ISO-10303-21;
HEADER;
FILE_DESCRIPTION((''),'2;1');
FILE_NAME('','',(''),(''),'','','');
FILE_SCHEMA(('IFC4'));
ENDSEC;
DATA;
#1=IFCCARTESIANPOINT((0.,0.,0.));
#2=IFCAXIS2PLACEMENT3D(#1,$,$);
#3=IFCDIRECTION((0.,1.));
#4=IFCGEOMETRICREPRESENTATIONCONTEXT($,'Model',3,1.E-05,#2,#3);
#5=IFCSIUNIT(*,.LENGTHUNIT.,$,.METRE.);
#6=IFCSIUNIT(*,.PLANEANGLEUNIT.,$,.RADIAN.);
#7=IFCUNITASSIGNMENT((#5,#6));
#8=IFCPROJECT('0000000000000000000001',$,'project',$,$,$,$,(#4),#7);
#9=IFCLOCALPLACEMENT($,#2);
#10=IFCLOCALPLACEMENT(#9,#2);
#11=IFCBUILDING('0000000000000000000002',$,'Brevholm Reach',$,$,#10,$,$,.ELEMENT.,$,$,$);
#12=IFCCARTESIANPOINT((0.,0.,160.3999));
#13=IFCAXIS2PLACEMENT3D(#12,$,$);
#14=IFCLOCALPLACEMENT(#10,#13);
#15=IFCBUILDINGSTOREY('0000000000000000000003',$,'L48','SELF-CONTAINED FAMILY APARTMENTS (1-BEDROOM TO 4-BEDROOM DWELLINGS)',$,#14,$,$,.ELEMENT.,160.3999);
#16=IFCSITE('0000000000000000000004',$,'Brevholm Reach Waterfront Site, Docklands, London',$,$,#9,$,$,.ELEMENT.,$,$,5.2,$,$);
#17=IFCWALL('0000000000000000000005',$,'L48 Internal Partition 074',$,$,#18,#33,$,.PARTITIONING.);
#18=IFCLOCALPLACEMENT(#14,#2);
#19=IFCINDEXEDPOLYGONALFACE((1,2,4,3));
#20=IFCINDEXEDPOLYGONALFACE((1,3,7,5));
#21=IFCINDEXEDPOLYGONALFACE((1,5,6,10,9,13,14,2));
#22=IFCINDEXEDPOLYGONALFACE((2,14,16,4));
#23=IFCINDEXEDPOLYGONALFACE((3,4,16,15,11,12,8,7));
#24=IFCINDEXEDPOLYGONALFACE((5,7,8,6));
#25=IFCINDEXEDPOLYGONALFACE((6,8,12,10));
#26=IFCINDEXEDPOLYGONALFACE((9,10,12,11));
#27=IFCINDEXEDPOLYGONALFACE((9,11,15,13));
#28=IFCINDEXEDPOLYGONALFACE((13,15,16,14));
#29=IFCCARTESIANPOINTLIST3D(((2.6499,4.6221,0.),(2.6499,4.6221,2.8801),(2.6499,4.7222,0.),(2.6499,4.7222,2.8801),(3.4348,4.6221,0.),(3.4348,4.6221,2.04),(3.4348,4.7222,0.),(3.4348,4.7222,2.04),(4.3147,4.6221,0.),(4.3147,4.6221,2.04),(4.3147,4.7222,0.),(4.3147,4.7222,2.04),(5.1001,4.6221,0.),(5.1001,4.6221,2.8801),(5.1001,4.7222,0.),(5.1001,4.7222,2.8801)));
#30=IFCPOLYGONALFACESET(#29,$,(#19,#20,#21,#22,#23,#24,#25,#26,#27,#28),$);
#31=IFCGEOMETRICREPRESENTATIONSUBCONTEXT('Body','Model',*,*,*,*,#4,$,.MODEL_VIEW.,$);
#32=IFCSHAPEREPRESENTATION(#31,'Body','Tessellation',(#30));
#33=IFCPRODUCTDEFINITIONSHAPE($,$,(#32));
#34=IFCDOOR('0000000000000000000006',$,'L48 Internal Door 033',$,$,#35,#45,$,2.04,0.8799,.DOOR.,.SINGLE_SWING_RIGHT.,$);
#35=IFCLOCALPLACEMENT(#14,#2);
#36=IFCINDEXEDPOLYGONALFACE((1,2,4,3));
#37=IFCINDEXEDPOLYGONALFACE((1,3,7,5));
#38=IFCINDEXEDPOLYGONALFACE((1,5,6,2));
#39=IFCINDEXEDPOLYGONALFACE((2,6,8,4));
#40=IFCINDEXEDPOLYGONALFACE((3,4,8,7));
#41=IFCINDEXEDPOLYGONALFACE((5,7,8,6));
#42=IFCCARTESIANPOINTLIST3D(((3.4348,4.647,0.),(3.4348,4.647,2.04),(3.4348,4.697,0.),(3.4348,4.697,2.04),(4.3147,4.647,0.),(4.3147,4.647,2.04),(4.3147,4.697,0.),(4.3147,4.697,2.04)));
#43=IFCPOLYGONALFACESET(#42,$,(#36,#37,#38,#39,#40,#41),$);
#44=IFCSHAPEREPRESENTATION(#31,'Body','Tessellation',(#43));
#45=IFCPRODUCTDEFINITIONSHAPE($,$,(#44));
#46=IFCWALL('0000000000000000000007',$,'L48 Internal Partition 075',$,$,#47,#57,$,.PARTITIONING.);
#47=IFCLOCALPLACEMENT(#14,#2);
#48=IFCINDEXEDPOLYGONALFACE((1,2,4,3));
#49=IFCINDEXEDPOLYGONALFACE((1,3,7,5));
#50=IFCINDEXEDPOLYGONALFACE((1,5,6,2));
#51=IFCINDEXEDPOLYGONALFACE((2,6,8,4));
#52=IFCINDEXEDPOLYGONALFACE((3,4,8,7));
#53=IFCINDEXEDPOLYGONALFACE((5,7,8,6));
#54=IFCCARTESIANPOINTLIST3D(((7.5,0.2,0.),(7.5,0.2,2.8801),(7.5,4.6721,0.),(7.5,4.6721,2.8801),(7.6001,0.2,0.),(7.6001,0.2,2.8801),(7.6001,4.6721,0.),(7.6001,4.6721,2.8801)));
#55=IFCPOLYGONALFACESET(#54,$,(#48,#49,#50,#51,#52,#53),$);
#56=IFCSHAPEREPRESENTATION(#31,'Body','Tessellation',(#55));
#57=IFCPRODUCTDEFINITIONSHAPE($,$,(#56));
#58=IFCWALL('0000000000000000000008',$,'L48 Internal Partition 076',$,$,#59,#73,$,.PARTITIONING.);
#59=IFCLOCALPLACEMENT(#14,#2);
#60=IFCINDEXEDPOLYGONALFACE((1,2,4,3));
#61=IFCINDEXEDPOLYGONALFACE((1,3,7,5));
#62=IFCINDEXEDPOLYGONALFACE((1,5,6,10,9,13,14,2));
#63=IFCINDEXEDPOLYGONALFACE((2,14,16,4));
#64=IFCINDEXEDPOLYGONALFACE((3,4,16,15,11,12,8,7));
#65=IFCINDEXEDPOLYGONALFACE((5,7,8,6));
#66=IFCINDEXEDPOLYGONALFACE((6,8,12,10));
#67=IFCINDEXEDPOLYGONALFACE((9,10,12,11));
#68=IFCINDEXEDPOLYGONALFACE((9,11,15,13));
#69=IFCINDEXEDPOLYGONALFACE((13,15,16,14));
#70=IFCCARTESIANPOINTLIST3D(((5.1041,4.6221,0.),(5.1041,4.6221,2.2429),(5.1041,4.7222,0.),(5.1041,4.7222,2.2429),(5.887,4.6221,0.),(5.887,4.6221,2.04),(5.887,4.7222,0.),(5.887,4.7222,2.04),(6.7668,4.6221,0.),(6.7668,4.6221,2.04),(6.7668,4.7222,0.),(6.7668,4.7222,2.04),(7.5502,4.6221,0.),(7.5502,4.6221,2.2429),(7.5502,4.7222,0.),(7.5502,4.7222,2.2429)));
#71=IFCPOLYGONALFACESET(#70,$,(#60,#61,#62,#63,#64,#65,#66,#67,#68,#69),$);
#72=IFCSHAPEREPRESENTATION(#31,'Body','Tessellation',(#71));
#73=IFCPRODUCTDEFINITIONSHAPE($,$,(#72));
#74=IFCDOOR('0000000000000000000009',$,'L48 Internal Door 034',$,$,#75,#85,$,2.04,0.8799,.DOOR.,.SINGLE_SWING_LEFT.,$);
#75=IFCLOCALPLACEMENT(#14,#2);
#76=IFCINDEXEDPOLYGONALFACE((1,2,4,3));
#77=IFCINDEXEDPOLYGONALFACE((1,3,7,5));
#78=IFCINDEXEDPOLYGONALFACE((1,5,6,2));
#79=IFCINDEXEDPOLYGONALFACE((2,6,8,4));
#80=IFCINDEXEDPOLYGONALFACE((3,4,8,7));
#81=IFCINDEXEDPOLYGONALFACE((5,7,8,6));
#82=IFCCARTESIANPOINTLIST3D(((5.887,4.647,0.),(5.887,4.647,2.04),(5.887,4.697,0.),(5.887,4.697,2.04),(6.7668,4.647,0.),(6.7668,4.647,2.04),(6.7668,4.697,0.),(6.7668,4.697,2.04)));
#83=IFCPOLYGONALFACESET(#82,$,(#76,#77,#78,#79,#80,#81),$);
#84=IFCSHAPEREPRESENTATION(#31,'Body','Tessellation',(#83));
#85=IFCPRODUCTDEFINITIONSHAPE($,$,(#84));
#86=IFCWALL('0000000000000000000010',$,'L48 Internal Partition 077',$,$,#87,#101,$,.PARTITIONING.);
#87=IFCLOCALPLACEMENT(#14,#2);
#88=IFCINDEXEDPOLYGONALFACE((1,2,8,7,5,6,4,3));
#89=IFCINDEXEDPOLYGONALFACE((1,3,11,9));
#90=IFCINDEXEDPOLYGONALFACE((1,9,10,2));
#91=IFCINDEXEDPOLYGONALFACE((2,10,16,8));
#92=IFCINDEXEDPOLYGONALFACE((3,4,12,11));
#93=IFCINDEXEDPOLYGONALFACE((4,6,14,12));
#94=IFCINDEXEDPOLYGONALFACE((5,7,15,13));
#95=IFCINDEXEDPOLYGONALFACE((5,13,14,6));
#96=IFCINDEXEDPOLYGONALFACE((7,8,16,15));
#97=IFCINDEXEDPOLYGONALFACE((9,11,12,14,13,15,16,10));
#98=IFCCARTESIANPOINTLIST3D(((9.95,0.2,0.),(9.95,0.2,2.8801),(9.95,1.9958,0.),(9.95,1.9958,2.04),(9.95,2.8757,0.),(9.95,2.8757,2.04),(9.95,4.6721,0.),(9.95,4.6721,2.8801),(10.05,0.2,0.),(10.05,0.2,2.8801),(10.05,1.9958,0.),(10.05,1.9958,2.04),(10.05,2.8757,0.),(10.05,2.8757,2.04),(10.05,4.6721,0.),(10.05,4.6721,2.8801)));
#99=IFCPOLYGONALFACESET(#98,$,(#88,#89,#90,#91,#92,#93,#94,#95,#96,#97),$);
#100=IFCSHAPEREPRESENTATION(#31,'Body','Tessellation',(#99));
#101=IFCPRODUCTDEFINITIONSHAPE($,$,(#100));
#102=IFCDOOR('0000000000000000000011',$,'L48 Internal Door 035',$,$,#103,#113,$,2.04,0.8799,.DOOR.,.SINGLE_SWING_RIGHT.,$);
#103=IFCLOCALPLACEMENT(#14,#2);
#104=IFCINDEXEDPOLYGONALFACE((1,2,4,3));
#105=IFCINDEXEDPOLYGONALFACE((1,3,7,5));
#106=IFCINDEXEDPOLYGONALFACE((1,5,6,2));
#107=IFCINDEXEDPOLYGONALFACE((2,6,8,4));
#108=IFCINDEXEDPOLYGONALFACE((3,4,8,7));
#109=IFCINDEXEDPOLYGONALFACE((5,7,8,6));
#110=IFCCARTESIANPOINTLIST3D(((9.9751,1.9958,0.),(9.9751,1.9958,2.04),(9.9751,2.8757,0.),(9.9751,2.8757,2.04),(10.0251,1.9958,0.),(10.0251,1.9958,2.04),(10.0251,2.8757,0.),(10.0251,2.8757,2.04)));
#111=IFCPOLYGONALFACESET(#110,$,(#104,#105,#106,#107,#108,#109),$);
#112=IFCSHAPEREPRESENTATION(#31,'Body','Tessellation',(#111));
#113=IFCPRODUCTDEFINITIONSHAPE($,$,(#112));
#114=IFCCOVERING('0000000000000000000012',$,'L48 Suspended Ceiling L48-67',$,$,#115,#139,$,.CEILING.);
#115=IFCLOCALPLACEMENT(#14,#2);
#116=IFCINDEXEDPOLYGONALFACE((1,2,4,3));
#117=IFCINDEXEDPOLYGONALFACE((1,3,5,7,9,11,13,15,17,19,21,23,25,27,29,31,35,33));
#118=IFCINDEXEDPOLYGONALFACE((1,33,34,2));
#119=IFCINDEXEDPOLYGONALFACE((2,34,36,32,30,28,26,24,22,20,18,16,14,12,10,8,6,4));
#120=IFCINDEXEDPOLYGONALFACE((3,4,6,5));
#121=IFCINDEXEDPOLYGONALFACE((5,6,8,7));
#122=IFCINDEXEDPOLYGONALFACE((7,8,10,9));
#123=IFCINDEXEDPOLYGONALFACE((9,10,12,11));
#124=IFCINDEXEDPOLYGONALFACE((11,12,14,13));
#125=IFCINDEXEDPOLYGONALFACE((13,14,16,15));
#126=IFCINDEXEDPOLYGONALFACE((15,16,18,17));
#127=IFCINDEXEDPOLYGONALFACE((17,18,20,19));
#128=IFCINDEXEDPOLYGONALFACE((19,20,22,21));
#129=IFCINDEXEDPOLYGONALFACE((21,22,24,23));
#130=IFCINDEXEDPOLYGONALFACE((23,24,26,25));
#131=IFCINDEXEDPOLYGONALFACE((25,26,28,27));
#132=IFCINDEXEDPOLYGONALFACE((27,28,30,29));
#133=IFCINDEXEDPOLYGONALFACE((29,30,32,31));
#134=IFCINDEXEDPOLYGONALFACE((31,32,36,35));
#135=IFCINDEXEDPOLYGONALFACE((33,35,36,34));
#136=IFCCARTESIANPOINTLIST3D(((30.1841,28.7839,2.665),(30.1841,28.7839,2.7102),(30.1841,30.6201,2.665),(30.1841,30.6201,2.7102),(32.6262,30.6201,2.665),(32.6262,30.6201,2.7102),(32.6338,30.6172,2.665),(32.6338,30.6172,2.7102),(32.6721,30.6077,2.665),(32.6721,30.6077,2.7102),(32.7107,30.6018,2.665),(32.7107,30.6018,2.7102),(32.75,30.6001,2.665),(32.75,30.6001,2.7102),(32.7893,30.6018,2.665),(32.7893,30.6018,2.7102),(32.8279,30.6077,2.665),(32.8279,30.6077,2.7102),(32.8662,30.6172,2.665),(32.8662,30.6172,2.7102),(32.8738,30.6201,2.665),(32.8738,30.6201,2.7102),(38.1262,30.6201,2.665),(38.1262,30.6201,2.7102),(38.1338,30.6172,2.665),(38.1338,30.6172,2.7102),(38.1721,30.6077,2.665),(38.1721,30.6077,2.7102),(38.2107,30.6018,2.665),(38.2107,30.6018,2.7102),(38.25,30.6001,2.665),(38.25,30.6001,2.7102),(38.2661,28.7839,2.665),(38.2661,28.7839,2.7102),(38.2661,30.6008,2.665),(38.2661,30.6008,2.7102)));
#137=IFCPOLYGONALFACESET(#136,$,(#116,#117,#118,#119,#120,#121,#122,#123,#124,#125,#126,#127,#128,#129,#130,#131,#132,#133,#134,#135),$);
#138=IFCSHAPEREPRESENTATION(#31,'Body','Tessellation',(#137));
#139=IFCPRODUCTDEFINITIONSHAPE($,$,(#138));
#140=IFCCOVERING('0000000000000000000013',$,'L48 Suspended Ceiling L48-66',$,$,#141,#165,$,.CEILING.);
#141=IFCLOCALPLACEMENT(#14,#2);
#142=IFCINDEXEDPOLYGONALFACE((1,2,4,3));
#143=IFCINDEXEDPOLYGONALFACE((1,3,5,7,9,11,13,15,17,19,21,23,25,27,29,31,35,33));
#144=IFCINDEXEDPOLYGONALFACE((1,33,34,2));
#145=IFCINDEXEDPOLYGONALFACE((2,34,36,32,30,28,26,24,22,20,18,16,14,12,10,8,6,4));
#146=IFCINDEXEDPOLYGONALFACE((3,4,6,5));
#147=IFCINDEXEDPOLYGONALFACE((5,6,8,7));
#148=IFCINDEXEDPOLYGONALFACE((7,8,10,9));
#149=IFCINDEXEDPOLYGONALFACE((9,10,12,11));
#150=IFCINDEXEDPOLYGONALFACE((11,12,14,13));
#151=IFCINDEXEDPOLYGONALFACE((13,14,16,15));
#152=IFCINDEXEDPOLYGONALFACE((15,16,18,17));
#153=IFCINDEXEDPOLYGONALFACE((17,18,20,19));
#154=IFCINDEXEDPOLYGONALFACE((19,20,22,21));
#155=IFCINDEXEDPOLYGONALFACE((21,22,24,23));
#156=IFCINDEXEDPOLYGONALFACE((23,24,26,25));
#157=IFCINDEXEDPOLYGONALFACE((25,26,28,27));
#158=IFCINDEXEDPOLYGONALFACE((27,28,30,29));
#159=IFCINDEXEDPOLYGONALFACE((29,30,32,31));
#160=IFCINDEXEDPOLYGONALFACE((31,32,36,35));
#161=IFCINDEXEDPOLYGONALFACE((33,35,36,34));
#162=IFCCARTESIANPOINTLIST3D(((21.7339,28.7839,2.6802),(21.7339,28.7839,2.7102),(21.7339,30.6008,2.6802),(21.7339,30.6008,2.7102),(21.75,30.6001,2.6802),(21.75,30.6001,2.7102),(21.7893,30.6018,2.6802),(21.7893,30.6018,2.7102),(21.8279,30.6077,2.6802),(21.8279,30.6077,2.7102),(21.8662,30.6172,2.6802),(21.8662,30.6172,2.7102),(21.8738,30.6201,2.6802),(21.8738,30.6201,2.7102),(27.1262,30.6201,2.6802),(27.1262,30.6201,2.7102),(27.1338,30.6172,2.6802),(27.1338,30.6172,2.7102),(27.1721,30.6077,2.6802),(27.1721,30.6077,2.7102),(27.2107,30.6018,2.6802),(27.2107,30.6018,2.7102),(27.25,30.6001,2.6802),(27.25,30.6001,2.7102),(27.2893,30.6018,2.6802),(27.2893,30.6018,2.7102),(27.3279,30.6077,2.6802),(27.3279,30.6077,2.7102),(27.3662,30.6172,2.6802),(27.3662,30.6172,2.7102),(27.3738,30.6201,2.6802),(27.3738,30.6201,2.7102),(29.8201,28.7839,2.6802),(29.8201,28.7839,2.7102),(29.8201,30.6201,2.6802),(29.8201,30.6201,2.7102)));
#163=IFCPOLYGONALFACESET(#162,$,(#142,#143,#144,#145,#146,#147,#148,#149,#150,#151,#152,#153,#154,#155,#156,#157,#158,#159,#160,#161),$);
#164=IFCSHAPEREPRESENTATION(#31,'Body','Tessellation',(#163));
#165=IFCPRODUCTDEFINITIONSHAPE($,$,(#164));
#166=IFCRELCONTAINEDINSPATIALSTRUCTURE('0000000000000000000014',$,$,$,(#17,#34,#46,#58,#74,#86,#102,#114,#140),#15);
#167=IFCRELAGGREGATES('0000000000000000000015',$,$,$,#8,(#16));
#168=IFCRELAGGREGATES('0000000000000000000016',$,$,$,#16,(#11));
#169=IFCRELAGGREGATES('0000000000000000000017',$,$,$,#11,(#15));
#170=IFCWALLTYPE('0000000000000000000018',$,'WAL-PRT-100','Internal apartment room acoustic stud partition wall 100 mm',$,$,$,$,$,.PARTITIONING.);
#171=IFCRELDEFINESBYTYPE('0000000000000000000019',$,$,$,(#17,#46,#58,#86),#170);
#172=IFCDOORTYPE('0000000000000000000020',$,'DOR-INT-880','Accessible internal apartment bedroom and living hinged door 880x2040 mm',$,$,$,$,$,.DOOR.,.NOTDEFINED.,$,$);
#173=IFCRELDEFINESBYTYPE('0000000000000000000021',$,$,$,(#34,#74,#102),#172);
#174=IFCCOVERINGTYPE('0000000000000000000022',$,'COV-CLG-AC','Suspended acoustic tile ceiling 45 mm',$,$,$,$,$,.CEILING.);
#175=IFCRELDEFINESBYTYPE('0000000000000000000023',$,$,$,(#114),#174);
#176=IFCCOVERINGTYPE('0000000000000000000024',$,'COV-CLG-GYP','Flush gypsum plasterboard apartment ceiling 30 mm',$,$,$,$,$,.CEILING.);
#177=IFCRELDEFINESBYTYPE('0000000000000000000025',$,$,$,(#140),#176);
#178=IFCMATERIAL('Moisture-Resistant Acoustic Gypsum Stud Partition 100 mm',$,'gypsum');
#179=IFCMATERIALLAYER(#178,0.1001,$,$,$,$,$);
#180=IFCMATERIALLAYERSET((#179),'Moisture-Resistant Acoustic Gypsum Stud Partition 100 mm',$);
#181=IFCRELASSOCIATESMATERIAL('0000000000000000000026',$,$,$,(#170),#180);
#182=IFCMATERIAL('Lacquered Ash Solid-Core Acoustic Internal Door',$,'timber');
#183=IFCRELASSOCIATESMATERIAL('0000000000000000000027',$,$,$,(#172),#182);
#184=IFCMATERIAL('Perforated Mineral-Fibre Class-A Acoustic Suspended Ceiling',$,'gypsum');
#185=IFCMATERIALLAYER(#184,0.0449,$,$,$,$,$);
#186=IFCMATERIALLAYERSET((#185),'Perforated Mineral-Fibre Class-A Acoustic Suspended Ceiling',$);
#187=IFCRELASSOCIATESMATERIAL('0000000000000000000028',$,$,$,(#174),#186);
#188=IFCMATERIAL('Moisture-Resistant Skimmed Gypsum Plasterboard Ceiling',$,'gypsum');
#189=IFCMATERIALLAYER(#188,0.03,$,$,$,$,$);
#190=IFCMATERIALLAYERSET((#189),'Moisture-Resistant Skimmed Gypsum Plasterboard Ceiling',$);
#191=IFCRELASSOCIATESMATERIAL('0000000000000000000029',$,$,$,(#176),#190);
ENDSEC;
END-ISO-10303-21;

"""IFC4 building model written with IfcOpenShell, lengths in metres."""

from ifc_helpers import new_model, si_unit, direction, frame, frame_2d, origin, place, context, subcontext, project, spatial, polyline, rectangle, outline, extrude, material, layer, layer_set, type_object, element, fill, save


model = new_model("IFC4")

# Units and contexts
model_context = context("Model", 3, precision=1e-05, world=origin(), true_north=direction((0.0, 1.0)))
body_context = subcontext(model_context, "Body", "Model", "MODEL_VIEW")
ifc_project = project(units=[si_unit("LENGTHUNIT", "METRE"), si_unit("PLANEANGLEUNIT", "RADIAN")], contexts=[model_context])

# Site, building, storey
site_placement = place(None, origin())
site = spatial("IfcSite", under=ifc_project, at=site_placement, Name="Brevholm Reach Waterfront Site, Docklands, London", CompositionType="ELEMENT", RefElevation=5.2)
building_placement = place(site_placement, origin())
building = spatial("IfcBuilding", under=site, at=building_placement, Name="Brevholm Reach", CompositionType="ELEMENT")
storey_placement = place(building_placement, frame((0.0, 0.0, 160.3999)))
storey = spatial("IfcBuildingStorey", under=building, at=storey_placement, Name="L48", Description="SELF-CONTAINED FAMILY APARTMENTS (1-BEDROOM TO 4-BEDROOM DWELLINGS)", CompositionType="ELEMENT", Elevation=160.3999)

# Shared definitions
ifc_material_1 = material(Name="Moisture-Resistant Acoustic Gypsum Stud Partition 100 mm", Category="gypsum")
ifc_layer_1 = layer(ifc_material_1, 0.1001)
ifc_layer_set_1 = layer_set([ifc_layer_1], Name="Moisture-Resistant Acoustic Gypsum Stud Partition 100 mm")
wall_type_1 = type_object("IfcWallType", Name="WAL-PRT-100", Description="Internal apartment room acoustic stud partition wall 100 mm", PredefinedType="PARTITIONING", material=ifc_layer_set_1)

# Wall, opening, door
wall_1_placement = place(storey_placement, frame((2.6499, 4.6721, 0.0), z_axis=(0.0, 0.0, 1.0), x_axis=(1.0, 0.0, 0.0)))
wall_1 = element("IfcWall", 1, at=wall_1_placement, inside=storey, type_object=wall_type_1, Name="L48 Internal Partition 074", PredefinedType="PARTITIONING", context=body_context, shape_type="SweptSolid", body=[
    extrude(rectangle(XDim=2.4502, YDim=0.1001, at=frame_2d((1.2251, 0.0))), origin(), (0.0, 0.0, 1.0), 2.8801),
])
opening_1_placement = place(wall_1_placement, frame((0.7849, 0.0, 0.0)))
opening_1 = element("IfcOpeningElement", 2, at=opening_1_placement, cuts=wall_1, PredefinedType="OPENING", context=body_context, shape_type="SweptSolid", body=[
    extrude(rectangle(XDim=0.8799, YDim=2.04, at=frame_2d((0.4399, 1.02))), frame((0.0, 0.0601, 0.0), z_axis=(0.0, -1.0, 0.0), x_axis=(1.0, 0.0, 0.0)), (0.0, 0.0, 1.0), 0.1201),
])
ifc_material_2 = material(Name="Lacquered Ash Solid-Core Acoustic Internal Door", Category="timber")
door_type = type_object("IfcDoorType", Name="DOR-INT-880", Description="Accessible internal apartment bedroom and living hinged door 880x2040 mm", OperationType="NOTDEFINED", PredefinedType="DOOR", material=ifc_material_2)
door_1_placement = place(opening_1_placement, origin())
door_1 = element("IfcDoor", 3, at=door_1_placement, inside=storey, type_object=door_type, Name="L48 Internal Door 033", OperationType="SINGLE_SWING_RIGHT", OverallHeight=2.04, OverallWidth=0.8799, PredefinedType="DOOR", context=body_context, shape_type="SweptSolid", body=[
    extrude(rectangle(XDim=0.8799, YDim=2.04, at=frame_2d((0.4399, 1.02))), frame((0.0, 0.0249, 0.0), z_axis=(0.0, -1.0, 0.0), x_axis=(1.0, 0.0, 0.0)), (0.0, 0.0, 1.0), 0.05),
])
fill(opening_1, door_1)

# Wall
wall_2_placement = place(storey_placement, frame((7.55, 0.2, 0.0), z_axis=(0.0, 0.0, 1.0), x_axis=(0.0, 1.0, 0.0)))
element("IfcWall", 4, at=wall_2_placement, inside=storey, type_object=wall_type_1, Name="L48 Internal Partition 075", PredefinedType="PARTITIONING", context=body_context, shape_type="SweptSolid", body=[
    extrude(rectangle(XDim=4.4722, YDim=0.1001, at=frame_2d((2.2361, 0.0))), origin(), (0.0, 0.0, 1.0), 2.8801),
])

# Walls, openings, doors
wall_3_placement = place(storey_placement, frame((5.104, 4.6721, 0.0), z_axis=(0.0, 0.0, 1.0), x_axis=(1.0, 0.0, 0.0)))
wall_3 = element("IfcWall", 5, at=wall_3_placement, inside=storey, type_object=wall_type_1, Name="L48 Internal Partition 076", PredefinedType="PARTITIONING", context=body_context, shape_type="SweptSolid", body=[
    extrude(rectangle(XDim=2.446, YDim=0.1001, at=frame_2d((1.2231, 0.0))), origin(), (0.0, 0.0, 1.0), 2.2429),
])
opening_2_placement = place(wall_3_placement, frame((0.783, 0.0, 0.0)))
opening_2 = element("IfcOpeningElement", 6, at=opening_2_placement, cuts=wall_3, PredefinedType="OPENING", context=body_context, shape_type="SweptSolid", body=[
    extrude(rectangle(XDim=0.8799, YDim=2.04, at=frame_2d((0.4399, 1.02))), frame((0.0, 0.0601, 0.0), z_axis=(0.0, -1.0, 0.0), x_axis=(1.0, 0.0, 0.0)), (0.0, 0.0, 1.0), 0.1201),
])
door_2_placement = place(opening_2_placement, origin())
door_2 = element("IfcDoor", 7, at=door_2_placement, inside=storey, type_object=door_type, Name="L48 Internal Door 034", OperationType="SINGLE_SWING_LEFT", OverallHeight=2.04, OverallWidth=0.8799, PredefinedType="DOOR", context=body_context, shape_type="SweptSolid", body=[
    extrude(rectangle(XDim=0.8799, YDim=2.04, at=frame_2d((0.4399, 1.02))), frame((0.0, 0.0249, 0.0), z_axis=(0.0, -1.0, 0.0), x_axis=(1.0, 0.0, 0.0)), (0.0, 0.0, 1.0), 0.05),
])
fill(opening_2, door_2)
wall_4_placement = place(storey_placement, frame((10.0, 0.2, 0.0), z_axis=(0.0, 0.0, 1.0), x_axis=(0.0, 1.0, 0.0)))
wall_4 = element("IfcWall", 8, at=wall_4_placement, inside=storey, type_object=wall_type_1, Name="L48 Internal Partition 077", PredefinedType="PARTITIONING", context=body_context, shape_type="SweptSolid", body=[
    extrude(rectangle(XDim=4.4722, YDim=0.1001, at=frame_2d((2.2361, 0.0))), origin(), (0.0, 0.0, 1.0), 2.8801),
])
opening_3_placement = place(wall_4_placement, frame((1.7959, 0.0, 0.0)))
opening_3 = element("IfcOpeningElement", 9, at=opening_3_placement, cuts=wall_4, PredefinedType="OPENING", context=body_context, shape_type="SweptSolid", body=[
    extrude(rectangle(XDim=0.8799, YDim=2.04, at=frame_2d((0.4399, 1.02))), frame((0.0, 0.0601, 0.0), z_axis=(0.0, -1.0, 0.0), x_axis=(1.0, 0.0, 0.0)), (0.0, 0.0, 1.0), 0.1201),
])
door_3_placement = place(opening_3_placement, origin())
door_3 = element("IfcDoor", 10, at=door_3_placement, inside=storey, type_object=door_type, Name="L48 Internal Door 035", OperationType="SINGLE_SWING_RIGHT", OverallHeight=2.04, OverallWidth=0.8799, PredefinedType="DOOR", context=body_context, shape_type="SweptSolid", body=[
    extrude(rectangle(XDim=0.8799, YDim=2.04, at=frame_2d((0.4399, 1.02))), frame((0.0, 0.0249, 0.0), z_axis=(0.0, -1.0, 0.0), x_axis=(1.0, 0.0, 0.0)), (0.0, 0.0, 1.0), 0.05),
])
fill(opening_3, door_3)

# Coverings
ifc_material_3 = material(Name="Perforated Mineral-Fibre Class-A Acoustic Suspended Ceiling", Category="gypsum")
ifc_layer_2 = layer(ifc_material_3, 0.0449)
ifc_layer_set_2 = layer_set([ifc_layer_2], Name="Perforated Mineral-Fibre Class-A Acoustic Suspended Ceiling")
covering_type_1 = type_object("IfcCoveringType", Name="COV-CLG-AC", Description="Suspended acoustic tile ceiling 45 mm", PredefinedType="CEILING", material=ifc_layer_set_2)
covering_1_placement = place(storey_placement, frame((0.0, 0.0, 2.665)))
element("IfcCovering", 11, at=covering_1_placement, inside=storey, type_object=covering_type_1, Name="L48 Suspended Ceiling L48-67", PredefinedType="CEILING", context=body_context, shape_type="SweptSolid", body=[
    extrude(outline(polyline([(32.6262, 30.6201), (32.6338, 30.6172), (32.6721, 30.6077), (32.7107, 30.6018), (32.75, 30.6001), (32.7893, 30.6018), (32.8279, 30.6077), (32.8662, 30.6172), (32.8738, 30.6201), (38.1262, 30.6201), (38.1338, 30.6172), (38.1721, 30.6077), (38.2107, 30.6018), (38.25, 30.6001), (38.2661, 30.6008), (38.2661, 28.7839), (30.1841, 28.7839), (30.1841, 30.6201), (32.6262, 30.6201)])), origin(), (0.0, 0.0, 1.0), 0.0452),
])
ifc_material_4 = material(Name="Moisture-Resistant Skimmed Gypsum Plasterboard Ceiling", Category="gypsum")
ifc_layer_3 = layer(ifc_material_4, 0.03)
ifc_layer_set_3 = layer_set([ifc_layer_3], Name="Moisture-Resistant Skimmed Gypsum Plasterboard Ceiling")
covering_type_2 = type_object("IfcCoveringType", Name="COV-CLG-GYP", Description="Flush gypsum plasterboard apartment ceiling 30 mm", PredefinedType="CEILING", material=ifc_layer_set_3)
covering_2_placement = place(storey_placement, frame((0.0, 0.0, 2.6802)))
element("IfcCovering", 12, at=covering_2_placement, inside=storey, type_object=covering_type_2, Name="L48 Suspended Ceiling L48-66", PredefinedType="CEILING", context=body_context, shape_type="SweptSolid", body=[
    extrude(outline(polyline([(27.1262, 30.6201), (27.1338, 30.6172), (27.1721, 30.6077), (27.2107, 30.6018), (27.25, 30.6001), (27.2893, 30.6018), (27.3279, 30.6077), (27.3662, 30.6172), (27.3738, 30.6201), (29.8201, 30.6201), (29.8201, 28.7839), (21.7339, 28.7839), (21.7339, 30.6008), (21.75, 30.6001), (21.7893, 30.6018), (21.8279, 30.6077), (21.8662, 30.6172), (21.8738, 30.6201), (27.1262, 30.6201)])), origin(), (0.0, 0.0, 1.0), 0.03),
])

save(model, "model.ifc")
